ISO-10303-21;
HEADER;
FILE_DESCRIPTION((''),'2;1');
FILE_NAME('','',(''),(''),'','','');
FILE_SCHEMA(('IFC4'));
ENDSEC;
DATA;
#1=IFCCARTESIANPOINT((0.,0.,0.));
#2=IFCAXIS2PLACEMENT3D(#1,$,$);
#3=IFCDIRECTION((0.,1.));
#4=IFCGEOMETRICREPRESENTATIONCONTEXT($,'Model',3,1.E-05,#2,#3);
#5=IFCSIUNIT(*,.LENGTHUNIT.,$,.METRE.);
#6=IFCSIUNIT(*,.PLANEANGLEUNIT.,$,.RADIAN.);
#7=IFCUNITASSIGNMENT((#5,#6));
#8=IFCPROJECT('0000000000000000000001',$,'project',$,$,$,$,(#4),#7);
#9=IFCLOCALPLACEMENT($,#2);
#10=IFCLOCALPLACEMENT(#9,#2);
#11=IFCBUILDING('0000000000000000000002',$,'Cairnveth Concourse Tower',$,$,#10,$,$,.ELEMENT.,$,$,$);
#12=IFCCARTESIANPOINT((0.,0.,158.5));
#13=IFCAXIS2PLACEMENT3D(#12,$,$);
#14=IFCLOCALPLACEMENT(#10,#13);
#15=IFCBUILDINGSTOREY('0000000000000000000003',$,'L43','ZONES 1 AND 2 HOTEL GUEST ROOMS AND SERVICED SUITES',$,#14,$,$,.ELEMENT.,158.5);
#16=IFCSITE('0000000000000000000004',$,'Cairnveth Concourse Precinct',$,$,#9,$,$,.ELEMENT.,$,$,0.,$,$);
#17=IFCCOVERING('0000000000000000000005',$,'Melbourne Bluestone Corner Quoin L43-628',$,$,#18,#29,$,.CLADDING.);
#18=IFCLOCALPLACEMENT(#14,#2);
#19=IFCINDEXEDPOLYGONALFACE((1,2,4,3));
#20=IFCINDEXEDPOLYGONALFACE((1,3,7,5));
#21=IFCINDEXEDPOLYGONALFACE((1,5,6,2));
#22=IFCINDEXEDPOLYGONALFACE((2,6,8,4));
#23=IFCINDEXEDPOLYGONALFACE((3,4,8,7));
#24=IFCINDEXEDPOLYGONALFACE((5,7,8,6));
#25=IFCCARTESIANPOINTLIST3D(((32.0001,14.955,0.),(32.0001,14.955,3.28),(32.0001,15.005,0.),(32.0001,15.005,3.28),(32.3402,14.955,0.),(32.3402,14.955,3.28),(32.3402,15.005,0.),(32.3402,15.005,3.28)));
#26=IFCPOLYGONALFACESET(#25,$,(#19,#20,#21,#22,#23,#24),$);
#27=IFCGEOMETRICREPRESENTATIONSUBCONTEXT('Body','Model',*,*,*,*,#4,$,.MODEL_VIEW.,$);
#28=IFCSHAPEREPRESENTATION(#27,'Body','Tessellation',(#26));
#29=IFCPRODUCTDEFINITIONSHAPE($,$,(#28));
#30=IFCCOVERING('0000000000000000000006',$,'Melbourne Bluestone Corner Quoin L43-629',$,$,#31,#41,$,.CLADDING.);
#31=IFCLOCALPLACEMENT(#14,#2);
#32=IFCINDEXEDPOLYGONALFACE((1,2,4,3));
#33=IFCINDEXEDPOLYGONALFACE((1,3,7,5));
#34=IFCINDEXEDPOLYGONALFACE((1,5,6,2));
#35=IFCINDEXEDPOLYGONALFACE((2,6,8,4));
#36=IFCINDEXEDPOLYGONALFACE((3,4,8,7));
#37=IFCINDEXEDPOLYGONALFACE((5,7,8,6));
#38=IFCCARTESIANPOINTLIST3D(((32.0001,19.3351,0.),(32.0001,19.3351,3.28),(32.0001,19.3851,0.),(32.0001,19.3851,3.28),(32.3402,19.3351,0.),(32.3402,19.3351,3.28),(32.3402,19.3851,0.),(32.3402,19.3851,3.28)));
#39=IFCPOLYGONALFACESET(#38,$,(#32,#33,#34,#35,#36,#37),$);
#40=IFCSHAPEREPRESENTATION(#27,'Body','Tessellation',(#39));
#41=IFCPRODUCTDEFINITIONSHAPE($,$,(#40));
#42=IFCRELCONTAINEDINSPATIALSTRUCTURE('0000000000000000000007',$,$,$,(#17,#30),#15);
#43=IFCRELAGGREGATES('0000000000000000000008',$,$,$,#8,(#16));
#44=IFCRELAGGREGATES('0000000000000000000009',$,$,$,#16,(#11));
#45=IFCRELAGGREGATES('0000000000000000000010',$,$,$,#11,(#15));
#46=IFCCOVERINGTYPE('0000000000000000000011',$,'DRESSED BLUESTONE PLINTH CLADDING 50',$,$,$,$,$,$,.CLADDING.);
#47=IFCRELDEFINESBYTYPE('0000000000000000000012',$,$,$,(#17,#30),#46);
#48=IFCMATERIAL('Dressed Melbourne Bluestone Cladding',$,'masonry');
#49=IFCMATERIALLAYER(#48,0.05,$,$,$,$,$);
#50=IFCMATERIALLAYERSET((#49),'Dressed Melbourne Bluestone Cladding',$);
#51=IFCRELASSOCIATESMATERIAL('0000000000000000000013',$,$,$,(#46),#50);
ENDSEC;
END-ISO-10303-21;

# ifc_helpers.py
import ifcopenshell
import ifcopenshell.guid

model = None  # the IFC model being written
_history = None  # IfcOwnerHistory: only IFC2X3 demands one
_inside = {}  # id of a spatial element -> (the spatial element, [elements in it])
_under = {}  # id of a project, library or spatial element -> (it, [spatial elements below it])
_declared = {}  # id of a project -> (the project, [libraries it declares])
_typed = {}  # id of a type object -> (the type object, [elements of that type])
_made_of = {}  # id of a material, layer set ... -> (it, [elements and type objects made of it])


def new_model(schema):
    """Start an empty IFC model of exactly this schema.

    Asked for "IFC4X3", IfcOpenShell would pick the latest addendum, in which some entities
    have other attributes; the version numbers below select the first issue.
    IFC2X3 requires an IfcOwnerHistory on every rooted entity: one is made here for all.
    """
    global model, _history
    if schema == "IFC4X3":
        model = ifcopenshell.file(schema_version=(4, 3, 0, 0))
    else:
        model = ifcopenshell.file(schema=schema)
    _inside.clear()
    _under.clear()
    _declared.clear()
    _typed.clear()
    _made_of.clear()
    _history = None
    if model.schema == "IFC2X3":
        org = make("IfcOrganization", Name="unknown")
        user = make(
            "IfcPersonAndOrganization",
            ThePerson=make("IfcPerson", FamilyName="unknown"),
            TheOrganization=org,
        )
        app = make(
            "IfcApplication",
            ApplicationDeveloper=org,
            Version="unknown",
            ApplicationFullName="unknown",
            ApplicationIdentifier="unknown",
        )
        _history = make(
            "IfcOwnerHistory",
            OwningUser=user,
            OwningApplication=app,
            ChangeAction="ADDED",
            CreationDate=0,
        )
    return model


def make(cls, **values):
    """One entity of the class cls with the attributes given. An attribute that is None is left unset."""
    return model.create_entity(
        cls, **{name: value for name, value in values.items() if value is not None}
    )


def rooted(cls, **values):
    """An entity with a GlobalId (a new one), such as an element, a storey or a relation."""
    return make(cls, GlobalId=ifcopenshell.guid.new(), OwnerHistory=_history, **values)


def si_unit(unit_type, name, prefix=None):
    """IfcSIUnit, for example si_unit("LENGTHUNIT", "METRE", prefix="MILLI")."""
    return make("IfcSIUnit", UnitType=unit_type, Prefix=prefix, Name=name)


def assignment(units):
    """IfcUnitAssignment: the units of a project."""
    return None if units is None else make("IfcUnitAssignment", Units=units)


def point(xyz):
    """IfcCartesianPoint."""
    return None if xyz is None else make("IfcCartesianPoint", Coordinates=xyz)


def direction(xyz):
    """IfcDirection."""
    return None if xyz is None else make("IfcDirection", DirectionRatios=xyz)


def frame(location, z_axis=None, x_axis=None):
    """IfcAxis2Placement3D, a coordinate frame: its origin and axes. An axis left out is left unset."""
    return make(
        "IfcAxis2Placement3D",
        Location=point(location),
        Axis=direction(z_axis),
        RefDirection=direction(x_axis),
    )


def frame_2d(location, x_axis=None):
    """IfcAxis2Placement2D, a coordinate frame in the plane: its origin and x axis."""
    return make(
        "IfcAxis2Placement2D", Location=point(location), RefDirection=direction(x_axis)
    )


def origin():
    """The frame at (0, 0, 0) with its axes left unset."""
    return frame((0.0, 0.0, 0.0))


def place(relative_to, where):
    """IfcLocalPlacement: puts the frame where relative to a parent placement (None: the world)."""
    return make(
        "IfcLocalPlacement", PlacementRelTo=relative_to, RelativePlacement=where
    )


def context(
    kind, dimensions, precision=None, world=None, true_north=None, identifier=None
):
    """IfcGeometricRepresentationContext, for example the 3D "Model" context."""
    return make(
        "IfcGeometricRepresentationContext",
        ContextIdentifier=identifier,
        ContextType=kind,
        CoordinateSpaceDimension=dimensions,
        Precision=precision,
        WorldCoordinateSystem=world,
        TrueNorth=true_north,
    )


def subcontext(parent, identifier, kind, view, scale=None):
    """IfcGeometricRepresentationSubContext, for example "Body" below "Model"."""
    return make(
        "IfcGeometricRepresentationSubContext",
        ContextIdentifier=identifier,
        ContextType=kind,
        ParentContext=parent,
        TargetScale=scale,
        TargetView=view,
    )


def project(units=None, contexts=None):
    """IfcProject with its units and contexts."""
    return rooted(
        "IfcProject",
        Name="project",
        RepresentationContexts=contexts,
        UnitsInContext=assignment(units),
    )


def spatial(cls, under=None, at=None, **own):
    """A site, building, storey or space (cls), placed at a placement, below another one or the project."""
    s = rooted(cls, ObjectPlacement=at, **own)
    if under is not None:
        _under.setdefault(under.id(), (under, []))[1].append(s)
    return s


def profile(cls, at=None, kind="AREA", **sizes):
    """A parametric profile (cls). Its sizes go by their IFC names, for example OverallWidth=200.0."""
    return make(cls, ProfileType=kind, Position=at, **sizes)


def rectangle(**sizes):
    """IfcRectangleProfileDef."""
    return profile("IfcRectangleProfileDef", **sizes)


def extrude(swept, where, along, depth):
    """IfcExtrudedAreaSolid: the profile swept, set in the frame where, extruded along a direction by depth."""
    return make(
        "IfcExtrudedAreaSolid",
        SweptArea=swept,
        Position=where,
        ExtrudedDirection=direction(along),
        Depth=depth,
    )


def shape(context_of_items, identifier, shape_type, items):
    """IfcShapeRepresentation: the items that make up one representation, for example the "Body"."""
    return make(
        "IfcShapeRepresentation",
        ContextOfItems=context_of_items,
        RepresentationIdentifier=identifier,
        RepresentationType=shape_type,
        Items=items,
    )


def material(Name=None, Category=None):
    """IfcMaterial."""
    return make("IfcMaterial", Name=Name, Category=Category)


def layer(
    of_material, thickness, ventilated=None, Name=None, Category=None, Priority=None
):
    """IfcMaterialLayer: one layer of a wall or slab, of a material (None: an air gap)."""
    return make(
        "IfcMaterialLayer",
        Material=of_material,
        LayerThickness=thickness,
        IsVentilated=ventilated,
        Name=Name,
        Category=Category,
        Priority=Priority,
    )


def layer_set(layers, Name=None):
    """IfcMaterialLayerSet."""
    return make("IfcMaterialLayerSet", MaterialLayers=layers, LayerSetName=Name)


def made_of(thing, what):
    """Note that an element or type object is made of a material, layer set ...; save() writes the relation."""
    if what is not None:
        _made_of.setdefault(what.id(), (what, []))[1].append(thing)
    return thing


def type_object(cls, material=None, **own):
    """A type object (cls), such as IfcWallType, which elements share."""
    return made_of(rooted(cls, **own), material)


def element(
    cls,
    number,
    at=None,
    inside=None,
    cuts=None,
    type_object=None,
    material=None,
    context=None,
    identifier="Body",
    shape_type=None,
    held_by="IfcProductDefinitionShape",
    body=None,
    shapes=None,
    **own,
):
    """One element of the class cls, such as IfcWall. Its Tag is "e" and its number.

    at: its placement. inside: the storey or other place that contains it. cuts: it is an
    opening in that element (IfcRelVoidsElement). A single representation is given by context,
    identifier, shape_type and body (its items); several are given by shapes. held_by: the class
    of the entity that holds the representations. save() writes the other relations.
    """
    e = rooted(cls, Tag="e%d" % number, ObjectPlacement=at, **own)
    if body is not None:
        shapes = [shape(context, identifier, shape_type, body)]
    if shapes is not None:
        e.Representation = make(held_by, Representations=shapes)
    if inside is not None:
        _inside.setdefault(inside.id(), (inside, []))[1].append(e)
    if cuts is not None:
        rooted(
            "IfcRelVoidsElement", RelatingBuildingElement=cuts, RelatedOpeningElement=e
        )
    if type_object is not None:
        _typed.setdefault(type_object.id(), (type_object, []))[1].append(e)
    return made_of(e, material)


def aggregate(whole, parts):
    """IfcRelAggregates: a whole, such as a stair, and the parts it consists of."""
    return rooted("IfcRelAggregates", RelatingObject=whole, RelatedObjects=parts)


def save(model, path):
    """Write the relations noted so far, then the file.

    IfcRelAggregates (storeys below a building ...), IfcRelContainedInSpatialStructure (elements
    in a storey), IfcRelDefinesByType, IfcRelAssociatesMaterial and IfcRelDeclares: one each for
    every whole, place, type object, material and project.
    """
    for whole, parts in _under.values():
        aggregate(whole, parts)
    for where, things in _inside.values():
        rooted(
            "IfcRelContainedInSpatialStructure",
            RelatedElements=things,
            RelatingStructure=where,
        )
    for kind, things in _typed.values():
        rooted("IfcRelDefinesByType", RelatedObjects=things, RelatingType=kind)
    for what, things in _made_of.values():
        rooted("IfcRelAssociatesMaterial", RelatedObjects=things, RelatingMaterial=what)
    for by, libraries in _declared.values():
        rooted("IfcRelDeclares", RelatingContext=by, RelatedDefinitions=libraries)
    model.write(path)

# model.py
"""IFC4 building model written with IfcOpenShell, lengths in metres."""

from ifc_helpers import new_model, si_unit, direction, frame, frame_2d, origin, place, context, subcontext, project, spatial, rectangle, extrude, material, layer, layer_set, type_object, element, save


model = new_model("IFC4")

# Units and contexts
model_context = context("Model", 3, precision=1e-05, world=origin(), true_north=direction((0.0, 1.0)))
body_context = subcontext(model_context, "Body", "Model", "MODEL_VIEW")
ifc_project = project(units=[si_unit("LENGTHUNIT", "METRE"), si_unit("PLANEANGLEUNIT", "RADIAN")], contexts=[model_context])

# Site, building, storey
site_placement = place(None, origin())
site = spatial("IfcSite", under=ifc_project, at=site_placement, Name="Cairnveth Concourse Precinct", CompositionType="ELEMENT", RefElevation=0.0)
building_placement = place(site_placement, origin())
building = spatial("IfcBuilding", under=site, at=building_placement, Name="Cairnveth Concourse Tower", CompositionType="ELEMENT")
storey_placement = place(building_placement, frame((0.0, 0.0, 158.5)))
storey = spatial("IfcBuildingStorey", under=building, at=storey_placement, Name="L43", Description="ZONES 1 AND 2 HOTEL GUEST ROOMS AND SERVICED SUITES", CompositionType="ELEMENT", Elevation=158.5)

# Coverings
ifc_material_1 = material(Name="Dressed Melbourne Bluestone Cladding", Category="masonry")
ifc_layer_1 = layer(ifc_material_1, 0.05)
ifc_layer_set_1 = layer_set([ifc_layer_1], Name="Dressed Melbourne Bluestone Cladding")
covering_type = type_object("IfcCoveringType", Name="DRESSED BLUESTONE PLINTH CLADDING 50", PredefinedType="CLADDING", material=ifc_layer_set_1)
for number, where, z_axis, x_axis, name in (
    (1, (32.3401, 14.98, 0.0), (0.0, 0.0, 1.0), (-1.0, 0.0, 0.0), "Melbourne Bluestone Corner Quoin L43-628"),
    (2, (32.3401, 19.3601, 0.0), (0.0, 0.0, 1.0), (-1.0, 0.0, 0.0), "Melbourne Bluestone Corner Quoin L43-629"),
):
    element("IfcCovering", number, at=place(storey_placement, frame(where, z_axis=z_axis, x_axis=x_axis)), inside=storey, type_object=covering_type, Name=name, PredefinedType="CLADDING", context=body_context, shape_type="SweptSolid", body=[
        extrude(rectangle(XDim=0.3401, YDim=0.05, at=frame_2d((0.1699, 0.0))), origin(), (0.0, 0.0, 1.0), 3.28),
    ])

save(model, "model.ifc")
